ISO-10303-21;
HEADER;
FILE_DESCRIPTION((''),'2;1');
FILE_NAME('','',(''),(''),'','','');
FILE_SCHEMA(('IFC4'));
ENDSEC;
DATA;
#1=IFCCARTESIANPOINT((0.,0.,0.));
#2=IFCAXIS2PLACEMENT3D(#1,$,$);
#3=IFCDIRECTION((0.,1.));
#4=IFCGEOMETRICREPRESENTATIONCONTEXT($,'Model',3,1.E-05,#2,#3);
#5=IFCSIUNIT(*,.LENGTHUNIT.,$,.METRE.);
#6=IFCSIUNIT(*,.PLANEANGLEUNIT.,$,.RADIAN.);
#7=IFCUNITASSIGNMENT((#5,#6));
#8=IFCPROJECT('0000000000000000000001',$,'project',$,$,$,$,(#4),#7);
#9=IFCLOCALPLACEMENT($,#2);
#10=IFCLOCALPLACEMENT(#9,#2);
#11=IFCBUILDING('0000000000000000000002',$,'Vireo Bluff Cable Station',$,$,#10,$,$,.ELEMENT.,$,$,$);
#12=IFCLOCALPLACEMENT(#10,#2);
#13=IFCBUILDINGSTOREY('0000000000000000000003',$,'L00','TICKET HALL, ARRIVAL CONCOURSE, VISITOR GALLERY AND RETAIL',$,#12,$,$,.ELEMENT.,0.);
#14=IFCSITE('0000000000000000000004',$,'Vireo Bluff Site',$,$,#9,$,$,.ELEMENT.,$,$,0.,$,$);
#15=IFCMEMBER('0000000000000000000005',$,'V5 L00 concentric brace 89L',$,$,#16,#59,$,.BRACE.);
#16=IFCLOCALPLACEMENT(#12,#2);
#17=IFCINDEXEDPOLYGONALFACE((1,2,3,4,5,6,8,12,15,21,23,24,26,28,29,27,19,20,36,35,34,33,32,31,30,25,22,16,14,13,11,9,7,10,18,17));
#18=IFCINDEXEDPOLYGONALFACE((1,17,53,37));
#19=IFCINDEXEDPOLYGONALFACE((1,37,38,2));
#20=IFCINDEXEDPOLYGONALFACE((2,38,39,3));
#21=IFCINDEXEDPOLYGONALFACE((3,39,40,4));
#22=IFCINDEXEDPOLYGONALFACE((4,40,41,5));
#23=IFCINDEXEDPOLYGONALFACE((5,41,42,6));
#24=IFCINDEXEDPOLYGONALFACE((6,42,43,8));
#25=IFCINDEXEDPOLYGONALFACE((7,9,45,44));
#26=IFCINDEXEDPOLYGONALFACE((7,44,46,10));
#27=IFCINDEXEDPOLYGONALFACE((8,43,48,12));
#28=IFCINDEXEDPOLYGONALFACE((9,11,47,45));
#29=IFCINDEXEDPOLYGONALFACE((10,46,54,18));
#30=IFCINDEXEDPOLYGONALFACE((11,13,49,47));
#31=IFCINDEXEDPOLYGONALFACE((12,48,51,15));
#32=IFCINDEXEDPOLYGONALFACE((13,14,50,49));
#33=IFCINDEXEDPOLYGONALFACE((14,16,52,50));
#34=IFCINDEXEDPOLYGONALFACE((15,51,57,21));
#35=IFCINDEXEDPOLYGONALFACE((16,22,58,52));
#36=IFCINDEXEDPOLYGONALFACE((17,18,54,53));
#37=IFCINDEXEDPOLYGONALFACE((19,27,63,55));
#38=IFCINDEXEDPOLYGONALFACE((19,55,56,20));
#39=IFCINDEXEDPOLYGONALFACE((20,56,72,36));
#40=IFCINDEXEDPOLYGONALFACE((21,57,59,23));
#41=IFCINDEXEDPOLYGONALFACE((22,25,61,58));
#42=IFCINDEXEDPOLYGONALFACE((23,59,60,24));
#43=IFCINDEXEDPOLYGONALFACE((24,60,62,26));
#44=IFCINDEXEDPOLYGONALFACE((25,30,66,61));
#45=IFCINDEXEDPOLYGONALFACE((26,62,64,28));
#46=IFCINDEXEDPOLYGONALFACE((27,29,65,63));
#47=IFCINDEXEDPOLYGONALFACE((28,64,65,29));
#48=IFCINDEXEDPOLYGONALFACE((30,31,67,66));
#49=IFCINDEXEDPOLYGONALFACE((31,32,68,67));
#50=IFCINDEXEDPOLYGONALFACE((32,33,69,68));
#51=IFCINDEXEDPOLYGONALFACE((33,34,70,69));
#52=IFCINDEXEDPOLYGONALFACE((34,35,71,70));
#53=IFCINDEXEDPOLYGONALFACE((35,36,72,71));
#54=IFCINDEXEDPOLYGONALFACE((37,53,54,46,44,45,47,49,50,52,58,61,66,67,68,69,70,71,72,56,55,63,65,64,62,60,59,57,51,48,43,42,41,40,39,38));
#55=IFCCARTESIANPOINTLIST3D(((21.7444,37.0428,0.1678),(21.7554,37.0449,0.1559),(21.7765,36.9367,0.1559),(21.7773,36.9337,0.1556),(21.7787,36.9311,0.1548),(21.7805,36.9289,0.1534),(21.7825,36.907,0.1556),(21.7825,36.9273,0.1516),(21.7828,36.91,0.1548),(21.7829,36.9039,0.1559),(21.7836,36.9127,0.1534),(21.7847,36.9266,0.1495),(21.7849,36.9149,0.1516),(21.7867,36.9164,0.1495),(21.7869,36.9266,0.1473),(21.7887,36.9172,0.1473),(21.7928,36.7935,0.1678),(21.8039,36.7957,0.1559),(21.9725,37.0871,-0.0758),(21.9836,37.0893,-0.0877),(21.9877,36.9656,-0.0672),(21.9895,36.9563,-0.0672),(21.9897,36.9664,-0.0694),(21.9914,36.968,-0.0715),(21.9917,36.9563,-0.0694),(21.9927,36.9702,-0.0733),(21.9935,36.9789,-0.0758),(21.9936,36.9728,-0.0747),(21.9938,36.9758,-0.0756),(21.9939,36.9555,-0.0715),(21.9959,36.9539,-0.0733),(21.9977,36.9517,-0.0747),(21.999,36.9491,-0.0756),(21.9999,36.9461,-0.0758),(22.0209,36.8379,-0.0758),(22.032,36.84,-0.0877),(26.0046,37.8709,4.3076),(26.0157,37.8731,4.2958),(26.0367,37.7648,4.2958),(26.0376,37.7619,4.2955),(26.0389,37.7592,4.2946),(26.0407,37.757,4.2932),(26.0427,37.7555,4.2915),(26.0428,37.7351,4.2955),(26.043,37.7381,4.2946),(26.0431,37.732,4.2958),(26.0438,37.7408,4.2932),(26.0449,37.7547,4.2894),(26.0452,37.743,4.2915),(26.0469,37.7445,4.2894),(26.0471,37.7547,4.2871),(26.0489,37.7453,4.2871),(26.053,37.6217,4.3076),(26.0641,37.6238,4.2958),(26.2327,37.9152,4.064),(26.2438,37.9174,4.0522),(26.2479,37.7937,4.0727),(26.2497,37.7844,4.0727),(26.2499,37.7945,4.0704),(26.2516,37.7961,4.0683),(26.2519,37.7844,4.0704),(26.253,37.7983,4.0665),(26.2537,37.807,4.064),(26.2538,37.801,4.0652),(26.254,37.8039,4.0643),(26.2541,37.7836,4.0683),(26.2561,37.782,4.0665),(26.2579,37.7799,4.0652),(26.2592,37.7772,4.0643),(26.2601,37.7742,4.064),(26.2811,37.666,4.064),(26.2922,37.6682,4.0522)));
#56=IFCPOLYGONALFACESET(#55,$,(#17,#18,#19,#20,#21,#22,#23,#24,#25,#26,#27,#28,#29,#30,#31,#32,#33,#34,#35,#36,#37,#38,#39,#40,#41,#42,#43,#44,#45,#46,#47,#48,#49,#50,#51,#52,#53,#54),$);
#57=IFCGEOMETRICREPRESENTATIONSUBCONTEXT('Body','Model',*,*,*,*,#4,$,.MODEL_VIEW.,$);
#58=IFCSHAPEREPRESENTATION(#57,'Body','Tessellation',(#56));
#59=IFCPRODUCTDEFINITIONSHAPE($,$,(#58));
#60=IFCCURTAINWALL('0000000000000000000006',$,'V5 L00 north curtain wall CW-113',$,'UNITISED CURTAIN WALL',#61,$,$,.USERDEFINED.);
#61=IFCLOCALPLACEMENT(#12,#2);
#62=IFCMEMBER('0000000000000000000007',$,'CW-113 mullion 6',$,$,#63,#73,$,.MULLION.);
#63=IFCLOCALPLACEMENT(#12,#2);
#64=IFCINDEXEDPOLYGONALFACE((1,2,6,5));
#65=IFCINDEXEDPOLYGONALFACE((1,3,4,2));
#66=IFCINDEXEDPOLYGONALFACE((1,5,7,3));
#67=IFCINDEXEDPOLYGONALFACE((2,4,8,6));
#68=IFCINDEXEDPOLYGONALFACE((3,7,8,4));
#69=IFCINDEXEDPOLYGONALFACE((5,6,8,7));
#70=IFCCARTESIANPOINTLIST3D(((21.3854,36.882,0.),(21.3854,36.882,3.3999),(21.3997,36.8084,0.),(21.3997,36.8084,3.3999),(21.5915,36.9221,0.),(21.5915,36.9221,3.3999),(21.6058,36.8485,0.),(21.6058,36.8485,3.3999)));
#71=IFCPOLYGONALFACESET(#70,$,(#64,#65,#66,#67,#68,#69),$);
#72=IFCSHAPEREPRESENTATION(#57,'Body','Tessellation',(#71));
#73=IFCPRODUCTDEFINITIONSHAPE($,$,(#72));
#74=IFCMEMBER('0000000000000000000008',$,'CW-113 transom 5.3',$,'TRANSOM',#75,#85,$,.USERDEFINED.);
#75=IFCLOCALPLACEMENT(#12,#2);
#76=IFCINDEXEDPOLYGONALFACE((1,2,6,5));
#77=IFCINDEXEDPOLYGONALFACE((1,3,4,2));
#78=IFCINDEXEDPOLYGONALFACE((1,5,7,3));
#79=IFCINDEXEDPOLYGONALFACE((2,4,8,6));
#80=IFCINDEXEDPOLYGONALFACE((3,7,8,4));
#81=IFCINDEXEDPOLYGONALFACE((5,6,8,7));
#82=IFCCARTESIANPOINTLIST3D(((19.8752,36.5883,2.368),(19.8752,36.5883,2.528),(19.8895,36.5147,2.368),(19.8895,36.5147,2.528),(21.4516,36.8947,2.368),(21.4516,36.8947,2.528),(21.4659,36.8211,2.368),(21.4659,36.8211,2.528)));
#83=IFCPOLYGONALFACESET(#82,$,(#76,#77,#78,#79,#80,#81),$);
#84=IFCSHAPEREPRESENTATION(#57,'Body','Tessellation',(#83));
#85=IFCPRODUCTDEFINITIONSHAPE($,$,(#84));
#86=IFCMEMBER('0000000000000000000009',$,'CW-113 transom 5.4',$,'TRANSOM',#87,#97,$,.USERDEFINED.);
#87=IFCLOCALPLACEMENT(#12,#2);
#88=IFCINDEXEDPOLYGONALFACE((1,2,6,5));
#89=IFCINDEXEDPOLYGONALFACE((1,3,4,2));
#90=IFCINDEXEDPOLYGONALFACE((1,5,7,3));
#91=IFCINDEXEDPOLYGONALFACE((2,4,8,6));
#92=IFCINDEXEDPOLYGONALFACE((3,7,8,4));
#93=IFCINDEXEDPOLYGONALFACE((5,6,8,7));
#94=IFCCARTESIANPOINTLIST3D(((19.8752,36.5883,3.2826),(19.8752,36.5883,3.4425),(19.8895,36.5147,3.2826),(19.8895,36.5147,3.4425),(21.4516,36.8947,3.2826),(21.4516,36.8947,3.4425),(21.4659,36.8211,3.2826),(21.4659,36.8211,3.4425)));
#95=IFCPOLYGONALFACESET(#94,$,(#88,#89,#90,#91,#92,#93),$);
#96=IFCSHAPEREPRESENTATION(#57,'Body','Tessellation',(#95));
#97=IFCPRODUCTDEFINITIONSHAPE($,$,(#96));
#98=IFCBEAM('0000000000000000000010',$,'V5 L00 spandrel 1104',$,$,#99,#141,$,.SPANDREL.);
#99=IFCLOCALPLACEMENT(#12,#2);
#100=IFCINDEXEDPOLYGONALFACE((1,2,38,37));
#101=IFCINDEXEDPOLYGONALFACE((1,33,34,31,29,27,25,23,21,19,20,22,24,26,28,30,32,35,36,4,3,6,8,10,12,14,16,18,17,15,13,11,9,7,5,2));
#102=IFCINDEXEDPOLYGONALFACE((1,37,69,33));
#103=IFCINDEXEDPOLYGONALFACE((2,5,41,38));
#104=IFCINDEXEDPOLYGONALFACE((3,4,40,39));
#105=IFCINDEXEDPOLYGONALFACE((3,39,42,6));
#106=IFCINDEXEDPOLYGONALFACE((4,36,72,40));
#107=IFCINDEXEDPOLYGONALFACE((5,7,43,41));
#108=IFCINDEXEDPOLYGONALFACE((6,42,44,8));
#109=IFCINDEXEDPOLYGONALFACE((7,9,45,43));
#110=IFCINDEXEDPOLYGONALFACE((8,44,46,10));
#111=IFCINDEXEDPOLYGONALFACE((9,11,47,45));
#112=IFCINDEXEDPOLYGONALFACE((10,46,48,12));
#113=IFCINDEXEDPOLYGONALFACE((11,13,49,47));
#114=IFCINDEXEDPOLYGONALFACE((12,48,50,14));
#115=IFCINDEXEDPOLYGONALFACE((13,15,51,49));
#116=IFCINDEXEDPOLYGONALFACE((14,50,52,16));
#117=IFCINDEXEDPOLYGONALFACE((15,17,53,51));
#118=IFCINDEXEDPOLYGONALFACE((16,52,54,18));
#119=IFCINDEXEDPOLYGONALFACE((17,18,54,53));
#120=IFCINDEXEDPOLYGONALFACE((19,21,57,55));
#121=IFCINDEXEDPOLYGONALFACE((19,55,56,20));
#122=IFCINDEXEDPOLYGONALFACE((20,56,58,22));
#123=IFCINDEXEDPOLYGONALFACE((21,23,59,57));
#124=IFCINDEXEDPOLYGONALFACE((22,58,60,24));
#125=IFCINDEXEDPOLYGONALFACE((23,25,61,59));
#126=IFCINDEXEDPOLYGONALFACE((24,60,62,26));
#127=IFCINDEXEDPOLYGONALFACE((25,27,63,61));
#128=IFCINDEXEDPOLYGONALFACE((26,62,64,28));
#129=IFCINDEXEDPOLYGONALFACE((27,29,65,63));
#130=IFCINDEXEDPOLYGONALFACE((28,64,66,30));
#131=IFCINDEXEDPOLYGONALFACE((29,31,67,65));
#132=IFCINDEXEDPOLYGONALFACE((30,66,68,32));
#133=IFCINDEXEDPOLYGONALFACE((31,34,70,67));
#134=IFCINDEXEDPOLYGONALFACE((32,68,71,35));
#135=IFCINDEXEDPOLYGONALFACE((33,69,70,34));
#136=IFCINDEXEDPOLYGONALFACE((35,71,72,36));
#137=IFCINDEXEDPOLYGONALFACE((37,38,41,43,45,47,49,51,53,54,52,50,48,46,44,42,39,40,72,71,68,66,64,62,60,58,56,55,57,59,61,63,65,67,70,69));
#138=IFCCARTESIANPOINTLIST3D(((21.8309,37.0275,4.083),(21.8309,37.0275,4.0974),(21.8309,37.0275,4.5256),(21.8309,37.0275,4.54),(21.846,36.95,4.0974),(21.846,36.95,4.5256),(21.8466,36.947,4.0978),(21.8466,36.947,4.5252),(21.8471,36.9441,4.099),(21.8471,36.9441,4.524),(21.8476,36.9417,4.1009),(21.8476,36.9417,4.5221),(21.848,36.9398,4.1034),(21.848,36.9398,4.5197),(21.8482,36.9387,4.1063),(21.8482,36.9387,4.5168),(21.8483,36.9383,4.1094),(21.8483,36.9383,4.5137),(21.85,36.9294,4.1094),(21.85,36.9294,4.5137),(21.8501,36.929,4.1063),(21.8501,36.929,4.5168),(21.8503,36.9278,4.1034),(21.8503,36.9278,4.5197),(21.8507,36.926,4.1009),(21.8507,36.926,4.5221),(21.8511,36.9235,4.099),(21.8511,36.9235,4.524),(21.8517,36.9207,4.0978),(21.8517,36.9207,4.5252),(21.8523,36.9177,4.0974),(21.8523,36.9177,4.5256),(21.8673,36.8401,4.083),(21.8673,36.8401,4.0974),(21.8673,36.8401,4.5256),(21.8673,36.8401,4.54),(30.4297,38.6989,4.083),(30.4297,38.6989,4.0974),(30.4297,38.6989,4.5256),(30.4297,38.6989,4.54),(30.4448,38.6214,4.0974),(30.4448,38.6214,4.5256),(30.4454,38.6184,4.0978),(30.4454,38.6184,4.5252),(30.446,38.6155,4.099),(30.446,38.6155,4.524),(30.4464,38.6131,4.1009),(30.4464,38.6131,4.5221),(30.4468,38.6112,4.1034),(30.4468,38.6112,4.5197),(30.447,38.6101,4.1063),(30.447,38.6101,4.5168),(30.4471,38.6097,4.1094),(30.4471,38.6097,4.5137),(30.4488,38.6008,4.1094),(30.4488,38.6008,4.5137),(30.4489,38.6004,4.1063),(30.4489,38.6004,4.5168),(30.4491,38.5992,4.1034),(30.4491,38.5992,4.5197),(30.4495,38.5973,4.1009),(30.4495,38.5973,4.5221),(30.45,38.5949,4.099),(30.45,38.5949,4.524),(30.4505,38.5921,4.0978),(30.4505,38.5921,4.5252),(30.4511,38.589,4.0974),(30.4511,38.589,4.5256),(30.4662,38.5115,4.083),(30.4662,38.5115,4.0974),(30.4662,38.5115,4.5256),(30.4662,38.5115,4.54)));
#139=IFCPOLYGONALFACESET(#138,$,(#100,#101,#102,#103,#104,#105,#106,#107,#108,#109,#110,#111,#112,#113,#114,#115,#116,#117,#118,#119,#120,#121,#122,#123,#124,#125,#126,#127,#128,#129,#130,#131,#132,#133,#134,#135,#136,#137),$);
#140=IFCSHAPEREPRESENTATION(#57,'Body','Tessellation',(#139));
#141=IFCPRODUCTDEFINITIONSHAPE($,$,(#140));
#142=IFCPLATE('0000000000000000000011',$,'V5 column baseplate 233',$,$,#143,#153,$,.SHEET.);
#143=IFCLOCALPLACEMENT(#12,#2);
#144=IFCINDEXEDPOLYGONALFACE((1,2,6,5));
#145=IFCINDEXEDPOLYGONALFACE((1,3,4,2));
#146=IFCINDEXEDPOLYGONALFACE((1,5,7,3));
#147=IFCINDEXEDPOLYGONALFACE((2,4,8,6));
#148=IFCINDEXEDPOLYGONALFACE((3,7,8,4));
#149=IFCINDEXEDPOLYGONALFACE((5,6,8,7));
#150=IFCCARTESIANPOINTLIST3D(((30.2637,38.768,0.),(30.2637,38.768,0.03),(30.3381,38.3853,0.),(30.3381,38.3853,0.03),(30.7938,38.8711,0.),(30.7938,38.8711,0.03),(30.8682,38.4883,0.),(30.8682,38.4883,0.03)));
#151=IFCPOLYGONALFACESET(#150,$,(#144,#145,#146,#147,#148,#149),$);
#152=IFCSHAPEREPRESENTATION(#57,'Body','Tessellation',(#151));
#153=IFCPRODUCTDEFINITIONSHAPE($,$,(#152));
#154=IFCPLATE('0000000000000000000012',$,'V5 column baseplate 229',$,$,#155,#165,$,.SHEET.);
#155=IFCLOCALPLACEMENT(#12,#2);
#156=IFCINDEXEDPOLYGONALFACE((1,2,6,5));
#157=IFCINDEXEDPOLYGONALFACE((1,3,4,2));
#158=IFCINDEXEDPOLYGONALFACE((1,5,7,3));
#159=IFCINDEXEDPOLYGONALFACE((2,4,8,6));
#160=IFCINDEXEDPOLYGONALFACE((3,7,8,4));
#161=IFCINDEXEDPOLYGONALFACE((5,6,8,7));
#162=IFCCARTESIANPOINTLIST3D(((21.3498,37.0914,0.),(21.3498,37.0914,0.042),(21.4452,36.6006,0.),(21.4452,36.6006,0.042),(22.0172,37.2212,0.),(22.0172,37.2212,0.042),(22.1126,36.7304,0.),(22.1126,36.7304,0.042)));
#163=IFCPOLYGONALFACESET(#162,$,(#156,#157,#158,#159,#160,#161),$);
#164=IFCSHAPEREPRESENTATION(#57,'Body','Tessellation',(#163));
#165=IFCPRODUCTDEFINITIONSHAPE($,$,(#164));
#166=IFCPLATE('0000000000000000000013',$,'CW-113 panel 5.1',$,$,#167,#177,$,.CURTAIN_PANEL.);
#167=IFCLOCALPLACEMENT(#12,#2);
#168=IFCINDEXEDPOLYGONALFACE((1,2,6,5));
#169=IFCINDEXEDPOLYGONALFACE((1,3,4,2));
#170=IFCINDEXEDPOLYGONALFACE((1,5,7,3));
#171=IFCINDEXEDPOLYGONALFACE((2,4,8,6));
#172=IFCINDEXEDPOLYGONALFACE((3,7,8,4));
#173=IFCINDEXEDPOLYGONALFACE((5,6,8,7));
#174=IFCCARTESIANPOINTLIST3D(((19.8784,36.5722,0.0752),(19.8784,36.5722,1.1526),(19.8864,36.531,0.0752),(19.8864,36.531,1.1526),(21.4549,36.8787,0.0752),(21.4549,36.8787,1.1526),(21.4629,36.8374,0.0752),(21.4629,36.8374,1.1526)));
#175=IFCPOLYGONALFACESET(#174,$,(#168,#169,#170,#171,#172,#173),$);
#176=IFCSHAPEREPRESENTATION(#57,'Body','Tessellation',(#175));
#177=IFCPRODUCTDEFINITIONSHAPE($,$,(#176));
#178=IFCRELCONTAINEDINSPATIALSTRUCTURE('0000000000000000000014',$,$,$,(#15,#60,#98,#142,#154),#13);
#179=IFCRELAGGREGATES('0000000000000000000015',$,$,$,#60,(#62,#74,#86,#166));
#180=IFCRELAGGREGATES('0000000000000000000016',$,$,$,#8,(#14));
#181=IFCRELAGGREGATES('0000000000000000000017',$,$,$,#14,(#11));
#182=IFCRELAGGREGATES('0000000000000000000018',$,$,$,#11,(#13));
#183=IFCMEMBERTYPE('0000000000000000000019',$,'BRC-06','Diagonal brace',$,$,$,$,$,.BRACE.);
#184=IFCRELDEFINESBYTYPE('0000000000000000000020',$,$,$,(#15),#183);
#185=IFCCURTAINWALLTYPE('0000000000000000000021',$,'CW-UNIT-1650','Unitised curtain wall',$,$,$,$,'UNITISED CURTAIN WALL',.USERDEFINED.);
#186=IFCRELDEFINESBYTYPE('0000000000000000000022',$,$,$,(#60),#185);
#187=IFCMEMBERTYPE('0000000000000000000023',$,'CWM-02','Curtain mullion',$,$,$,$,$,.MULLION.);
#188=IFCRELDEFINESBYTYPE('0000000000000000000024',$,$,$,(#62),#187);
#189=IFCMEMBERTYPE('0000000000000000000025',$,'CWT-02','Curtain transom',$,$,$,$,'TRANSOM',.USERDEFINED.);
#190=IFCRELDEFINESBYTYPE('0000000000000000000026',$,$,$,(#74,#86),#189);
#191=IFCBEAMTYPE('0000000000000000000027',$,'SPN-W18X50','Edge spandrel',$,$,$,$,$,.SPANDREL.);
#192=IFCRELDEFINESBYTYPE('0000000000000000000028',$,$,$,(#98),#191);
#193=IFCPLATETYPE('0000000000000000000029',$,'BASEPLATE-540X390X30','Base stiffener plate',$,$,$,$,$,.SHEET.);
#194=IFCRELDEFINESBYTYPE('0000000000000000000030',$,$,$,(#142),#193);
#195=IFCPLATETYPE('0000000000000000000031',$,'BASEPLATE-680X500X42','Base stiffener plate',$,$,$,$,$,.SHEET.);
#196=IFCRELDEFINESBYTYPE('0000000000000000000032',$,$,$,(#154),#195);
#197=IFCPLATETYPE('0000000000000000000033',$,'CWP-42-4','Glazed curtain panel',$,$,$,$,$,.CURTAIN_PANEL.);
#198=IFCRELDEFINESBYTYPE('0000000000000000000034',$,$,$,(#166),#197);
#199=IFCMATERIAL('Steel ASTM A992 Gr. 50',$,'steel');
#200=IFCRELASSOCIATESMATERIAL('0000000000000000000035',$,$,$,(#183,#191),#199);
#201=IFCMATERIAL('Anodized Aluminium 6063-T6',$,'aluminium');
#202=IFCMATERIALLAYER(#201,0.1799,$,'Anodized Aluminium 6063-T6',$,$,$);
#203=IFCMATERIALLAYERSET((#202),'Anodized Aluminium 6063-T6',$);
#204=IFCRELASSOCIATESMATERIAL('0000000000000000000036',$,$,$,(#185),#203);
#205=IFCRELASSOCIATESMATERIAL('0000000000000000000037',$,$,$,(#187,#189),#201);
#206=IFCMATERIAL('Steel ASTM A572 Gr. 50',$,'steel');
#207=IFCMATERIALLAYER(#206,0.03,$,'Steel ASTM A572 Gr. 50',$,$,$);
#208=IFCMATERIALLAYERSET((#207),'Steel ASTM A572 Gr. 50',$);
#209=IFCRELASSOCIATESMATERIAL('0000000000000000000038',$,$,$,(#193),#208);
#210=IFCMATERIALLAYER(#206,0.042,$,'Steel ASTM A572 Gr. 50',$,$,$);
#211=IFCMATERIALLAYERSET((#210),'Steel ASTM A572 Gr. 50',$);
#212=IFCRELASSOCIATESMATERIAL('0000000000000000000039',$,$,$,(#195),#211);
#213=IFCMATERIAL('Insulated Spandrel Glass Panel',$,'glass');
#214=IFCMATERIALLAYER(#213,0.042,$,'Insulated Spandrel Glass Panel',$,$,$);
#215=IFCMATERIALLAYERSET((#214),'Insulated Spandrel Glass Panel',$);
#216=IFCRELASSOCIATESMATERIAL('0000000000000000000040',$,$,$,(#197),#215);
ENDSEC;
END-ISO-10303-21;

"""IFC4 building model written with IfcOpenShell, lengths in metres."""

from ifc_helpers import new_model, si_unit, direction, frame, origin, origin_2d, place, context, subcontext, project, spatial, rectangle, i_section, extrude, material, layer, layer_set, material_profile, profile_set, type_object, element, aggregate, save


model = new_model("IFC4")

# Units and contexts
model_context = context("Model", 3, precision=1e-05, world=origin(), true_north=direction((0.0, 1.0)))
body_context = subcontext(model_context, "Body", "Model", "MODEL_VIEW")
ifc_project = project(units=[si_unit("LENGTHUNIT", "METRE"), si_unit("PLANEANGLEUNIT", "RADIAN")], contexts=[model_context])

# Site, building, storey
site_placement = place(None, origin())
site = spatial("IfcSite", under=ifc_project, at=site_placement, Name="Vireo Bluff Site", CompositionType="ELEMENT", RefElevation=0.0)
building_placement = place(site_placement, origin())
building = spatial("IfcBuilding", under=site, at=building_placement, Name="Vireo Bluff Cable Station", CompositionType="ELEMENT")
storey_placement = place(building_placement, origin())
storey = spatial("IfcBuildingStorey", under=building, at=storey_placement, Name="L00", Description="TICKET HALL, ARRIVAL CONCOURSE, VISITOR GALLERY AND RETAIL", CompositionType="ELEMENT", Elevation=0.0)

# Shared definitions
ifc_material_1 = material(Name="Steel ASTM A992 Gr. 50", Category="steel")

# Member
ifc_material_profile_1 = material_profile(ifc_material_1, i_section(OverallWidth=0.2539, OverallDepth=0.353, WebThickness=0.0095, FlangeThickness=0.0164, FilletRadius=0.012, at=origin_2d()), Name="W14X61")
ifc_profile_set_1 = profile_set([ifc_material_profile_1], Name="Steel ASTM A992 Gr. 50")
member_type_1 = type_object("IfcMemberType", Name="BRC-06", Description="Diagonal brace", PredefinedType="BRACE", material=ifc_profile_set_1)
member_1_placement = place(storey_placement, frame((21.8882, 36.9414, 0.04), z_axis=(0.710296, 0.13807, 0.690229), x_axis=(-0.190812, 0.981627, 0.0)))
element("IfcMember", 1, at=member_1_placement, inside=storey, type_object=member_type_1, Name="V5 L00 concentric brace 89L", PredefinedType="BRACE", context=body_context, shape_type="SweptSolid", body=[
    extrude(i_section(OverallWidth=0.2539, OverallDepth=0.353, WebThickness=0.0095, FlangeThickness=0.0164, FilletRadius=0.012, at=origin_2d()), origin(), (0.0, 0.0, 1.0), 5.9978),
])

# Curtain wall, members
ifc_material_2 = material(Name="Anodized Aluminium 6063-T6", Category="aluminium")
ifc_layer_1 = layer(ifc_material_2, 0.1799, Name="Anodized Aluminium 6063-T6")
ifc_layer_set_1 = layer_set([ifc_layer_1], Name="Anodized Aluminium 6063-T6")
curtain_wall_type = type_object("IfcCurtainWallType", Name="CW-UNIT-1650", Description="Unitised curtain wall", ElementType="UNITISED CURTAIN WALL", PredefinedType="USERDEFINED", material=ifc_layer_set_1)
curtain_wall_placement = place(storey_placement, origin())
curtain_wall = element("IfcCurtainWall", 2, at=curtain_wall_placement, inside=storey, type_object=curtain_wall_type, Name="V5 L00 north curtain wall CW-113", ObjectType="UNITISED CURTAIN WALL", PredefinedType="USERDEFINED")
ifc_material_profile_2 = material_profile(ifc_material_2, rectangle(XDim=0.075, YDim=0.21, at=origin_2d()), Name="ALU-M-75X210")
ifc_profile_set_2 = profile_set([ifc_material_profile_2], Name="Anodized Aluminium 6063-T6")
member_type_2 = type_object("IfcMemberType", Name="CWM-02", Description="Curtain mullion", PredefinedType="MULLION", material=ifc_profile_set_2)
member_2_placement = place(storey_placement, frame((21.4956, 36.8652, 0.0), z_axis=(0.0, 0.0, 1.0), x_axis=(-0.190809, 0.981627, 0.0)))
member_2 = element("IfcMember", 3, at=member_2_placement, type_object=member_type_2, Name="CW-113 mullion 6", PredefinedType="MULLION", context=body_context, shape_type="SweptSolid", body=[
    extrude(rectangle(XDim=0.075, YDim=0.21, at=origin_2d()), origin(), (0.0, 0.0, 1.0), 3.3999),
])
ifc_material_profile_3 = material_profile(ifc_material_2, rectangle(XDim=0.075, YDim=0.1599, at=origin_2d()), Name="ALU-T-75X160")
ifc_profile_set_3 = profile_set([ifc_material_profile_3], Name="Anodized Aluminium 6063-T6")
member_type_3 = type_object("IfcMemberType", Name="CWT-02", Description="Curtain transom", ElementType="TRANSOM", PredefinedType="USERDEFINED", material=ifc_profile_set_3)
member_3_placement = place(storey_placement, frame((19.8823, 36.5515, 2.448), z_axis=(0.98163, 0.190792, 0.0), x_axis=(-0.190792, 0.98163, 0.0)))
member_3 = element("IfcMember", 4, at=member_3_placement, type_object=member_type_3, Name="CW-113 transom 5.3", ObjectType="TRANSOM", PredefinedType="USERDEFINED", context=body_context, shape_type="SweptSolid", body=[
    extrude(rectangle(XDim=0.075, YDim=0.1599, at=origin_2d()), origin(), (0.0, 0.0, 1.0), 1.606),
])
member_4_placement = place(storey_placement, frame((19.8823, 36.5515, 3.3625), z_axis=(0.98163, 0.190792, 0.0), x_axis=(-0.190792, 0.98163, 0.0)))
member_4 = element("IfcMember", 5, at=member_4_placement, type_object=member_type_3, Name="CW-113 transom 5.4", ObjectType="TRANSOM", PredefinedType="USERDEFINED", context=body_context, shape_type="SweptSolid", body=[
    extrude(rectangle(XDim=0.075, YDim=0.1599, at=origin_2d()), origin(), (0.0, 0.0, 1.0), 1.606),
])

# Beam
ifc_material_profile_4 = material_profile(ifc_material_1, i_section(OverallWidth=0.1909, OverallDepth=0.457, WebThickness=0.009, FlangeThickness=0.0144, FilletRadius=0.012, at=origin_2d()), Name="W18X50")
ifc_profile_set_4 = profile_set([ifc_material_profile_4], Name="Steel ASTM A992 Gr. 50")
beam_type = type_object("IfcBeamType", Name="SPN-W18X50", Description="Edge spandrel", PredefinedType="SPANDREL", material=ifc_profile_set_4)
beam_placement = place(storey_placement, frame((21.8491, 36.9338, 4.3115), z_axis=(0.981629, 0.190802, 0.0), x_axis=(-0.190802, 0.981629, 0.0)))
element("IfcBeam", 6, at=beam_placement, inside=storey, type_object=beam_type, Name="V5 L00 spandrel 1104", PredefinedType="SPANDREL", context=body_context, shape_type="SweptSolid", body=[
    extrude(i_section(OverallWidth=0.1909, OverallDepth=0.457, WebThickness=0.009, FlangeThickness=0.0144, FilletRadius=0.012, at=origin_2d()), origin(), (0.0, 0.0, 1.0), 8.7598),
])

# Plates
ifc_material_3 = material(Name="Steel ASTM A572 Gr. 50", Category="steel")
ifc_layer_2 = layer(ifc_material_3, 0.03, Name="Steel ASTM A572 Gr. 50")
ifc_layer_set_2 = layer_set([ifc_layer_2], Name="Steel ASTM A572 Gr. 50")
plate_type_1 = type_object("IfcPlateType", Name="BASEPLATE-540X390X30", Description="Base stiffener plate", PredefinedType="SHEET", material=ifc_layer_set_2)
plate_1_placement = place(storey_placement, frame((30.5659, 38.6282, 0.0), z_axis=(0.0, 0.0, 1.0), x_axis=(0.981627, 0.190809, 0.0)))
element("IfcPlate", 7, at=plate_1_placement, inside=storey, type_object=plate_type_1, Name="V5 column baseplate 233", PredefinedType="SHEET", context=body_context, shape_type="SweptSolid", body=[
    extrude(rectangle(XDim=0.54, YDim=0.3899, at=origin_2d()), origin(), (0.0, 0.0, 1.0), 0.03),
])
ifc_layer_3 = layer(ifc_material_3, 0.042, Name="Steel ASTM A572 Gr. 50")
ifc_layer_set_3 = layer_set([ifc_layer_3], Name="Steel ASTM A572 Gr. 50")
plate_type_2 = type_object("IfcPlateType", Name="BASEPLATE-680X500X42", Description="Base stiffener plate", PredefinedType="SHEET", material=ifc_layer_set_3)
plate_2_placement = place(storey_placement, frame((21.7312, 36.9109, 0.0), z_axis=(0.0, 0.0, 1.0), x_axis=(0.981627, 0.190809, 0.0)))
element("IfcPlate", 8, at=plate_2_placement, inside=storey, type_object=plate_type_2, Name="V5 column baseplate 229", PredefinedType="SHEET", context=body_context, shape_type="SweptSolid", body=[
    extrude(rectangle(XDim=0.6799, YDim=0.5, at=origin_2d()), origin(), (0.0, 0.0, 1.0), 0.042),
])

# Plate
ifc_material_4 = material(Name="Insulated Spandrel Glass Panel", Category="glass")
ifc_layer_4 = layer(ifc_material_4, 0.042, Name="Insulated Spandrel Glass Panel")
ifc_layer_set_4 = layer_set([ifc_layer_4], Name="Insulated Spandrel Glass Panel")
plate_type_3 = type_object("IfcPlateType", Name="CWP-42-4", Description="Glazed curtain panel", PredefinedType="CURTAIN_PANEL", material=ifc_layer_set_4)
plate_3_placement = place(storey_placement, frame((20.6707, 36.7048, 0.0752), z_axis=(0.0, 0.0, 1.0), x_axis=(0.981627, 0.190809, 0.0)))
plate_3 = element("IfcPlate", 9, at=plate_3_placement, type_object=plate_type_3, Name="CW-113 panel 5.1", PredefinedType="CURTAIN_PANEL", context=body_context, shape_type="SweptSolid", body=[
    extrude(rectangle(XDim=1.606, YDim=0.042, at=origin_2d()), origin(), (0.0, 0.0, 1.0), 1.0774),
])
aggregate(curtain_wall, [member_2, member_3, member_4, plate_3])

save(model, "model.ifc")
